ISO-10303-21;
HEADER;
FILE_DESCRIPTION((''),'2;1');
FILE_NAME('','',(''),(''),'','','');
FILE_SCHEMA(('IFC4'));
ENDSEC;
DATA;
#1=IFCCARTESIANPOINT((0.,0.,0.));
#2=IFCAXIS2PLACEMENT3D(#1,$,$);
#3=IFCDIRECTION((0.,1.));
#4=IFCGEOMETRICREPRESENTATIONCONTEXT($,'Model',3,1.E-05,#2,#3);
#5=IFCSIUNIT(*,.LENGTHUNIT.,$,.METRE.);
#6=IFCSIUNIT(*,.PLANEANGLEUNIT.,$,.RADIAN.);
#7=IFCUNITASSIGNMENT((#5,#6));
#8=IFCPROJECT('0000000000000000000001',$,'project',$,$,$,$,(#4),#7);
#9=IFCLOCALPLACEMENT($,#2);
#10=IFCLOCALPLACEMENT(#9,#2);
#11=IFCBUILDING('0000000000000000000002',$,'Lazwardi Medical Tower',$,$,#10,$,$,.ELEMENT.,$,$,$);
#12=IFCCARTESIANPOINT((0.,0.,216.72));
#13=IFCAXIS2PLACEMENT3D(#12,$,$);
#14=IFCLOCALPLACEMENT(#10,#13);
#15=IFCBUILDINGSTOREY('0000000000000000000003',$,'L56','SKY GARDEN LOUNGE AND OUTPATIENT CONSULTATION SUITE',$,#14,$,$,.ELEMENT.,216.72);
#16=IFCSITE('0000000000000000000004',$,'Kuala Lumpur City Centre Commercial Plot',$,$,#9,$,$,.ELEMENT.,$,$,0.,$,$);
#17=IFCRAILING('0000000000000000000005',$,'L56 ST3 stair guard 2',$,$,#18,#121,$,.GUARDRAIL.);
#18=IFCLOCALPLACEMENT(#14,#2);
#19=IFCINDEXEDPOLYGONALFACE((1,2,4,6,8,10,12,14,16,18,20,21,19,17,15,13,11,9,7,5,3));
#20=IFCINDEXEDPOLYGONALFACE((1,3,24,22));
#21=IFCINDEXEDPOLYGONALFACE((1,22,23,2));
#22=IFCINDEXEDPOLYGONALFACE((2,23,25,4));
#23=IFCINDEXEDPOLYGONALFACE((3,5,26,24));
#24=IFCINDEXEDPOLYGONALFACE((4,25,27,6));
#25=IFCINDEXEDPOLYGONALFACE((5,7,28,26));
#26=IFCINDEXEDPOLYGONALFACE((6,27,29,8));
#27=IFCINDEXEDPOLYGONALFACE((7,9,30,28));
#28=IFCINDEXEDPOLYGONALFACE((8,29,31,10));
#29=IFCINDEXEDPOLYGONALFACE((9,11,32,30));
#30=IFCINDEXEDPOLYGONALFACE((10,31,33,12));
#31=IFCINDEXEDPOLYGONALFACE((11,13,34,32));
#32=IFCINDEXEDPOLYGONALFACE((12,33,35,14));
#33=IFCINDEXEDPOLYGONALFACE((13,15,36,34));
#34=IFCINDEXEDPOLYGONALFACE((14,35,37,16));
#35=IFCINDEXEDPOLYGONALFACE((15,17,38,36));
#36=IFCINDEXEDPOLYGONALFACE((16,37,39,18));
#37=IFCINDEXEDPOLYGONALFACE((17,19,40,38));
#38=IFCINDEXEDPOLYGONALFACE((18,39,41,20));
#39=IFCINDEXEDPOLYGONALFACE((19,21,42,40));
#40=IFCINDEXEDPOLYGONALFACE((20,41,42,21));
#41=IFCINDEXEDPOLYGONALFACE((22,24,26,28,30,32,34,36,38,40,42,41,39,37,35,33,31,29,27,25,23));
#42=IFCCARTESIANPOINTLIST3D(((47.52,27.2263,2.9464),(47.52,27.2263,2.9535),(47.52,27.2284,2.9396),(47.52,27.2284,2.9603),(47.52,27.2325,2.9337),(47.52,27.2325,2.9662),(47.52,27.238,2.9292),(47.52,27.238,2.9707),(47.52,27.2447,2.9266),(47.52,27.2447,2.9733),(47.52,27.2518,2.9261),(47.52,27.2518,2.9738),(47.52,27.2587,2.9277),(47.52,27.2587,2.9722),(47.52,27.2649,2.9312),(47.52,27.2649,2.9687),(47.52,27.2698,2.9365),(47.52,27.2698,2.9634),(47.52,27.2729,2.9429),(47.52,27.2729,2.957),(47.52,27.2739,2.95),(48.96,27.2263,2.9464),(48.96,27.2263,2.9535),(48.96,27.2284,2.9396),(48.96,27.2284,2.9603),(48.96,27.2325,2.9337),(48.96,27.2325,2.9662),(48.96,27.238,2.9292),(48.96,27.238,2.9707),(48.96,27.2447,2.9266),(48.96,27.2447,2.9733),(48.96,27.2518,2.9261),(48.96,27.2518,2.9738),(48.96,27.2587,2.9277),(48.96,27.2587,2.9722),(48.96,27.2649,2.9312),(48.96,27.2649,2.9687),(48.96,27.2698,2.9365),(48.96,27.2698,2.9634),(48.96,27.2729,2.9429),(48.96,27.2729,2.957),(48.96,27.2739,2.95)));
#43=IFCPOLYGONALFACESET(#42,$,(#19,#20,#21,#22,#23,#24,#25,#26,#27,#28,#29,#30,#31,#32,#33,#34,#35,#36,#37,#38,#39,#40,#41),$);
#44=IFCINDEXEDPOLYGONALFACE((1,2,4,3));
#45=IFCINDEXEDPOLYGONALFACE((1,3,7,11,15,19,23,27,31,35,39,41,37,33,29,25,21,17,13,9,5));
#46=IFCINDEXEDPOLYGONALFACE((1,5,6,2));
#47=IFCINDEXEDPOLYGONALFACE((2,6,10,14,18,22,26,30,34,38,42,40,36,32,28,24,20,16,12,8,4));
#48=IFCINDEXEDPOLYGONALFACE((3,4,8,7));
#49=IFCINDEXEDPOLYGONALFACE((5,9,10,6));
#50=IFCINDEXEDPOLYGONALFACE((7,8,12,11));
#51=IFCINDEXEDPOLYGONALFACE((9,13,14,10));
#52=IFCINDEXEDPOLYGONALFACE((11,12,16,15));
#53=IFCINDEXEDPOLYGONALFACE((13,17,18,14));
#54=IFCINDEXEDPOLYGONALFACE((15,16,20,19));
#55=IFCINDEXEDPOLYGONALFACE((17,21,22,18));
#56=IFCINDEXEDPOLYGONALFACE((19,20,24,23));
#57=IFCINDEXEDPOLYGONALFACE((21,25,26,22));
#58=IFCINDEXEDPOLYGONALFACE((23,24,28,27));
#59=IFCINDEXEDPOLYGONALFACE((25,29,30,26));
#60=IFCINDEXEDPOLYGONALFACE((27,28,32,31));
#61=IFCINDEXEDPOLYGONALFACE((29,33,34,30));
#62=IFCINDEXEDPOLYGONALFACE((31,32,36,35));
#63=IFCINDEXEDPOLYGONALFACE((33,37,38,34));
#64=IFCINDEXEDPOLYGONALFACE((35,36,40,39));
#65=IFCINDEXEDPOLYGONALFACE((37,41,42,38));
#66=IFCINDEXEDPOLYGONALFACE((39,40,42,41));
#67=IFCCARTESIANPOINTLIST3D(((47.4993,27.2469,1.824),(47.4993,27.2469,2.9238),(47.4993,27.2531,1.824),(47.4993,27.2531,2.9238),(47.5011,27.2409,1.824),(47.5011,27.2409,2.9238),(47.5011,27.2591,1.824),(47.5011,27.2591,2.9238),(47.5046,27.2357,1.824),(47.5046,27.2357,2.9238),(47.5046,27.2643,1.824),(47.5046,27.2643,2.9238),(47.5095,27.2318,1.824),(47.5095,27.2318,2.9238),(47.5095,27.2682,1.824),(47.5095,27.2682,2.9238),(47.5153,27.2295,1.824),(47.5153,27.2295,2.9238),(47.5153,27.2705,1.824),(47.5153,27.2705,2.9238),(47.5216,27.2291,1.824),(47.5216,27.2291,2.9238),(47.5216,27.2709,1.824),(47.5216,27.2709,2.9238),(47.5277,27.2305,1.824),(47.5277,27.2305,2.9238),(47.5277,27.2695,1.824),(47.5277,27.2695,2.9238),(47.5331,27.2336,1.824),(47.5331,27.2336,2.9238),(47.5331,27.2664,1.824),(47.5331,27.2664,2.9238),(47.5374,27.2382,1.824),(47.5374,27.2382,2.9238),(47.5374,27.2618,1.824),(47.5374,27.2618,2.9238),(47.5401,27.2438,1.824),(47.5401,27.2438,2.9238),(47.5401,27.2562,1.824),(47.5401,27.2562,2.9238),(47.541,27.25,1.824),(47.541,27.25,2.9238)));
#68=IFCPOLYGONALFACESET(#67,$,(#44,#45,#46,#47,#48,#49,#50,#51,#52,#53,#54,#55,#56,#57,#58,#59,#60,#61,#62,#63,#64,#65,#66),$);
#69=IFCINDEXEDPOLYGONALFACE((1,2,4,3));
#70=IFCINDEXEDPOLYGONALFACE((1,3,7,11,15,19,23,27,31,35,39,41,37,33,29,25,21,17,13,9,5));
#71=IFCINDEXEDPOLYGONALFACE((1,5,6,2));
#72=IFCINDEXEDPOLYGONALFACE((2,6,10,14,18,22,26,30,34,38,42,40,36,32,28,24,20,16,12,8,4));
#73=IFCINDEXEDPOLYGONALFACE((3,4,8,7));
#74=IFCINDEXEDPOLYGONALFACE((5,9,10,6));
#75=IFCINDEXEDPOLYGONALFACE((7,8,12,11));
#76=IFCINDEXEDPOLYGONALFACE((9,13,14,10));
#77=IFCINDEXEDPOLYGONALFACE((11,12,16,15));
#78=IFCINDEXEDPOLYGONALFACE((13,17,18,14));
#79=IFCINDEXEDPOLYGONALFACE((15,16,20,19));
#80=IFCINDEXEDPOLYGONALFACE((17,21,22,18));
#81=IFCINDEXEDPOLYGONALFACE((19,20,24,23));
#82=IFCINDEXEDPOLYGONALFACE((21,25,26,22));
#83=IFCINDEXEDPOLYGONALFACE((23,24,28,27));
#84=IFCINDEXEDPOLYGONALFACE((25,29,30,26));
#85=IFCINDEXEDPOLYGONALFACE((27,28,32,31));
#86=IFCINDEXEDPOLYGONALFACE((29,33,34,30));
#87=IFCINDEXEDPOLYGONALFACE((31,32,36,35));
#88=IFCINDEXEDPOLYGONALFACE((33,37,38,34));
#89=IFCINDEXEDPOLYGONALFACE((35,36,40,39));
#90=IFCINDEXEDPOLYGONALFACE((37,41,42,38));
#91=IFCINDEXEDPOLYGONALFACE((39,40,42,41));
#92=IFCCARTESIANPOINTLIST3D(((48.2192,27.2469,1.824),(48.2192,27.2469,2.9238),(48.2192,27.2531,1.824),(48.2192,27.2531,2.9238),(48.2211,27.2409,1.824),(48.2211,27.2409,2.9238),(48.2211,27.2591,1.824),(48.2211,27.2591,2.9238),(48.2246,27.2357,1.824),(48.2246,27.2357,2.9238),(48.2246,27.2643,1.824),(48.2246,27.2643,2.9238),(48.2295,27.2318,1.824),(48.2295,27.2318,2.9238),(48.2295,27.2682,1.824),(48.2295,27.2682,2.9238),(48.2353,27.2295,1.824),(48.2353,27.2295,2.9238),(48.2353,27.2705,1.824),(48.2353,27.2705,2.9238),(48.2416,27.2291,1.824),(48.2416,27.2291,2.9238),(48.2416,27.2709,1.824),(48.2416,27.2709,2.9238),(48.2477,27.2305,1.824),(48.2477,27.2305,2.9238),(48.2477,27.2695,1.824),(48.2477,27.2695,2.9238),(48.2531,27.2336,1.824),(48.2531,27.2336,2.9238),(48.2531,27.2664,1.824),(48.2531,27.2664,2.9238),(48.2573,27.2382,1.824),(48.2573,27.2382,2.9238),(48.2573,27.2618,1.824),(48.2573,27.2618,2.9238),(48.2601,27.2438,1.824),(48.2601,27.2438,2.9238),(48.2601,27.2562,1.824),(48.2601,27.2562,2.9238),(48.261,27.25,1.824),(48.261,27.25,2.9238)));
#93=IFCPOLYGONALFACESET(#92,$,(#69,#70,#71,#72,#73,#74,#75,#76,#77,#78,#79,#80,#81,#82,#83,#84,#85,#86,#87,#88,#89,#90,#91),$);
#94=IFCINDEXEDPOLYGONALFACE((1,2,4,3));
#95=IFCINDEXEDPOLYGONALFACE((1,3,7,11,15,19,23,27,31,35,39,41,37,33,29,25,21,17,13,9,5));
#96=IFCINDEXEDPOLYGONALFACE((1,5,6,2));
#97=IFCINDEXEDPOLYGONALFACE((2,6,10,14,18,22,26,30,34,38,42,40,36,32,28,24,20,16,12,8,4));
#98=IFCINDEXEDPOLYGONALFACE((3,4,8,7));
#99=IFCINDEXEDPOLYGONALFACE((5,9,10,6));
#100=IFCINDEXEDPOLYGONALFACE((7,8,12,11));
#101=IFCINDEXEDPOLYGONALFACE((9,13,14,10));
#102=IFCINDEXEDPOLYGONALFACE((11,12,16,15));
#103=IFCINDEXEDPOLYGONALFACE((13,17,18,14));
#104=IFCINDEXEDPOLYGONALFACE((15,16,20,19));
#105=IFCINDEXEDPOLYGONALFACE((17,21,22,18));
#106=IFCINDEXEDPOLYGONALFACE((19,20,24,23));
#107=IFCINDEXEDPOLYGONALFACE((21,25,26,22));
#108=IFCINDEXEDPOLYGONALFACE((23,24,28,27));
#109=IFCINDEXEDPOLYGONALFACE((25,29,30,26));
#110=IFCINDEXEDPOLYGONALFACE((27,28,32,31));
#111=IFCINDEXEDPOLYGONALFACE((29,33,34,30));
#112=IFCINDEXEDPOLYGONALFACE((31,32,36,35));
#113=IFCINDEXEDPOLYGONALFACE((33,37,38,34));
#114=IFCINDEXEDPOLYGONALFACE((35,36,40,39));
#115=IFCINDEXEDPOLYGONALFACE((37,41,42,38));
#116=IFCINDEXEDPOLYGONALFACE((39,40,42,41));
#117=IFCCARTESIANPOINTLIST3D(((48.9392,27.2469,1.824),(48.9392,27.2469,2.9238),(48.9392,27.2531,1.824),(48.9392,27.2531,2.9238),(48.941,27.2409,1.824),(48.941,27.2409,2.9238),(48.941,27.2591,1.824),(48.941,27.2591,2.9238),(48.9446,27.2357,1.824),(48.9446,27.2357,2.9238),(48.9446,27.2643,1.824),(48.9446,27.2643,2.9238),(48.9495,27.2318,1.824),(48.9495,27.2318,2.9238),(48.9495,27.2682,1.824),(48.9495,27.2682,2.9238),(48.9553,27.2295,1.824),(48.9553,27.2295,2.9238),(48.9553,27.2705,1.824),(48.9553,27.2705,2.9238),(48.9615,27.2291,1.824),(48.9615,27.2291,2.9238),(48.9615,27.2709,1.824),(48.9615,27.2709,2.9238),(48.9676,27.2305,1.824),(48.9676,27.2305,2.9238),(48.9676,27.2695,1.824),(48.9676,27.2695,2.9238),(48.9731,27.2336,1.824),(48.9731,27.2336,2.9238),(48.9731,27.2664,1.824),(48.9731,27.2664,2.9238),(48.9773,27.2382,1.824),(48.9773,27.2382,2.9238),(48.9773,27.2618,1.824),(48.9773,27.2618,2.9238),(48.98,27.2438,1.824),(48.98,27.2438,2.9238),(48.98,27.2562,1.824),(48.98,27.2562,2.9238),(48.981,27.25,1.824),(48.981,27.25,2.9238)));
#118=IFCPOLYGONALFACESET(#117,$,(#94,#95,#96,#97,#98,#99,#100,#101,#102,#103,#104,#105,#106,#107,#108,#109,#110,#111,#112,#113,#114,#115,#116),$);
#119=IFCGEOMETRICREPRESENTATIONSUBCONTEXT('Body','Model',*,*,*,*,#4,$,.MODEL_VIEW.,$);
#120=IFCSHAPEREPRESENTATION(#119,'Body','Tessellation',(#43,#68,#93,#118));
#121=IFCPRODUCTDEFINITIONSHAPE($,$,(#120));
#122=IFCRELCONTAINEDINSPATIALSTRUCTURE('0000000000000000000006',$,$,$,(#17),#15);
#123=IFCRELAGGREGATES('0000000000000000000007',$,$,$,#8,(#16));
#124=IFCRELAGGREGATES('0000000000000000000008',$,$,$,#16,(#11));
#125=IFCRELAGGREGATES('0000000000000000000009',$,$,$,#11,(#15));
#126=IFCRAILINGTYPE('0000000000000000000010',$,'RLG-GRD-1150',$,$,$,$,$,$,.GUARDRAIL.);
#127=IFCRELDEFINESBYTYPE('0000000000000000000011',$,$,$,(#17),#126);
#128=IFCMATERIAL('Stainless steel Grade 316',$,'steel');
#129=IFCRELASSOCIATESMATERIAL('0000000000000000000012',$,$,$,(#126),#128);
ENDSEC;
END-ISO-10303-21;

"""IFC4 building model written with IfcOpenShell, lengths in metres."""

from ifc_helpers import new_model, si_unit, direction, frame, origin, origin_2d, place, context, subcontext, project, spatial, circle, extrude, material, type_object, element, save


model = new_model("IFC4")

# Units and contexts
model_context = context("Model", 3, precision=1e-05, world=origin(), true_north=direction((0.0, 1.0)))
body_context = subcontext(model_context, "Body", "Model", "MODEL_VIEW")
ifc_project = project(units=[si_unit("LENGTHUNIT", "METRE"), si_unit("PLANEANGLEUNIT", "RADIAN")], contexts=[model_context])

# Site, building, storey
site_placement = place(None, origin())
site = spatial("IfcSite", under=ifc_project, at=site_placement, Name="Kuala Lumpur City Centre Commercial Plot", CompositionType="ELEMENT", RefElevation=0.0)
building_placement = place(site_placement, origin())
building = spatial("IfcBuilding", under=site, at=building_placement, Name="Lazwardi Medical Tower", CompositionType="ELEMENT")
storey_placement = place(building_placement, frame((0.0, 0.0, 216.72)))
storey = spatial("IfcBuildingStorey", under=building, at=storey_placement, Name="L56", Description="SKY GARDEN LOUNGE AND OUTPATIENT CONSULTATION SUITE", CompositionType="ELEMENT", Elevation=216.72)

# Railing
ifc_material_1 = material(Name="Stainless steel Grade 316", Category="steel")
railing_type_1 = type_object("IfcRailingType", Name="RLG-GRD-1150", PredefinedType="GUARDRAIL", material=ifc_material_1)
railing_1_placement = place(storey_placement, frame((47.52, 27.25, 1.824)))
element("IfcRailing", 1, at=railing_1_placement, inside=storey, type_object=railing_type_1, Name="L56 ST3 stair guard 2", PredefinedType="GUARDRAIL", context=body_context, shape_type="SweptSolid", body=[
    extrude(circle(Radius=0.0239, at=origin_2d()), frame((0.0, 0.0, 1.126), z_axis=(1.0, 0.0, 0.0), x_axis=(0.0, 1.0, 0.0)), (0.0, 0.0, 1.0), 1.4399),
    extrude(circle(Radius=0.021, at=origin_2d()), origin(), (0.0, 0.0, 1.0), 1.0999),
    extrude(circle(Radius=0.021, at=origin_2d()), frame((0.72, 0.0, 0.0)), (0.0, 0.0, 1.0), 1.0999),
    extrude(circle(Radius=0.021, at=origin_2d()), frame((1.4399, 0.0, 0.0)), (0.0, 0.0, 1.0), 1.0999),
])

save(model, "model.ifc")
